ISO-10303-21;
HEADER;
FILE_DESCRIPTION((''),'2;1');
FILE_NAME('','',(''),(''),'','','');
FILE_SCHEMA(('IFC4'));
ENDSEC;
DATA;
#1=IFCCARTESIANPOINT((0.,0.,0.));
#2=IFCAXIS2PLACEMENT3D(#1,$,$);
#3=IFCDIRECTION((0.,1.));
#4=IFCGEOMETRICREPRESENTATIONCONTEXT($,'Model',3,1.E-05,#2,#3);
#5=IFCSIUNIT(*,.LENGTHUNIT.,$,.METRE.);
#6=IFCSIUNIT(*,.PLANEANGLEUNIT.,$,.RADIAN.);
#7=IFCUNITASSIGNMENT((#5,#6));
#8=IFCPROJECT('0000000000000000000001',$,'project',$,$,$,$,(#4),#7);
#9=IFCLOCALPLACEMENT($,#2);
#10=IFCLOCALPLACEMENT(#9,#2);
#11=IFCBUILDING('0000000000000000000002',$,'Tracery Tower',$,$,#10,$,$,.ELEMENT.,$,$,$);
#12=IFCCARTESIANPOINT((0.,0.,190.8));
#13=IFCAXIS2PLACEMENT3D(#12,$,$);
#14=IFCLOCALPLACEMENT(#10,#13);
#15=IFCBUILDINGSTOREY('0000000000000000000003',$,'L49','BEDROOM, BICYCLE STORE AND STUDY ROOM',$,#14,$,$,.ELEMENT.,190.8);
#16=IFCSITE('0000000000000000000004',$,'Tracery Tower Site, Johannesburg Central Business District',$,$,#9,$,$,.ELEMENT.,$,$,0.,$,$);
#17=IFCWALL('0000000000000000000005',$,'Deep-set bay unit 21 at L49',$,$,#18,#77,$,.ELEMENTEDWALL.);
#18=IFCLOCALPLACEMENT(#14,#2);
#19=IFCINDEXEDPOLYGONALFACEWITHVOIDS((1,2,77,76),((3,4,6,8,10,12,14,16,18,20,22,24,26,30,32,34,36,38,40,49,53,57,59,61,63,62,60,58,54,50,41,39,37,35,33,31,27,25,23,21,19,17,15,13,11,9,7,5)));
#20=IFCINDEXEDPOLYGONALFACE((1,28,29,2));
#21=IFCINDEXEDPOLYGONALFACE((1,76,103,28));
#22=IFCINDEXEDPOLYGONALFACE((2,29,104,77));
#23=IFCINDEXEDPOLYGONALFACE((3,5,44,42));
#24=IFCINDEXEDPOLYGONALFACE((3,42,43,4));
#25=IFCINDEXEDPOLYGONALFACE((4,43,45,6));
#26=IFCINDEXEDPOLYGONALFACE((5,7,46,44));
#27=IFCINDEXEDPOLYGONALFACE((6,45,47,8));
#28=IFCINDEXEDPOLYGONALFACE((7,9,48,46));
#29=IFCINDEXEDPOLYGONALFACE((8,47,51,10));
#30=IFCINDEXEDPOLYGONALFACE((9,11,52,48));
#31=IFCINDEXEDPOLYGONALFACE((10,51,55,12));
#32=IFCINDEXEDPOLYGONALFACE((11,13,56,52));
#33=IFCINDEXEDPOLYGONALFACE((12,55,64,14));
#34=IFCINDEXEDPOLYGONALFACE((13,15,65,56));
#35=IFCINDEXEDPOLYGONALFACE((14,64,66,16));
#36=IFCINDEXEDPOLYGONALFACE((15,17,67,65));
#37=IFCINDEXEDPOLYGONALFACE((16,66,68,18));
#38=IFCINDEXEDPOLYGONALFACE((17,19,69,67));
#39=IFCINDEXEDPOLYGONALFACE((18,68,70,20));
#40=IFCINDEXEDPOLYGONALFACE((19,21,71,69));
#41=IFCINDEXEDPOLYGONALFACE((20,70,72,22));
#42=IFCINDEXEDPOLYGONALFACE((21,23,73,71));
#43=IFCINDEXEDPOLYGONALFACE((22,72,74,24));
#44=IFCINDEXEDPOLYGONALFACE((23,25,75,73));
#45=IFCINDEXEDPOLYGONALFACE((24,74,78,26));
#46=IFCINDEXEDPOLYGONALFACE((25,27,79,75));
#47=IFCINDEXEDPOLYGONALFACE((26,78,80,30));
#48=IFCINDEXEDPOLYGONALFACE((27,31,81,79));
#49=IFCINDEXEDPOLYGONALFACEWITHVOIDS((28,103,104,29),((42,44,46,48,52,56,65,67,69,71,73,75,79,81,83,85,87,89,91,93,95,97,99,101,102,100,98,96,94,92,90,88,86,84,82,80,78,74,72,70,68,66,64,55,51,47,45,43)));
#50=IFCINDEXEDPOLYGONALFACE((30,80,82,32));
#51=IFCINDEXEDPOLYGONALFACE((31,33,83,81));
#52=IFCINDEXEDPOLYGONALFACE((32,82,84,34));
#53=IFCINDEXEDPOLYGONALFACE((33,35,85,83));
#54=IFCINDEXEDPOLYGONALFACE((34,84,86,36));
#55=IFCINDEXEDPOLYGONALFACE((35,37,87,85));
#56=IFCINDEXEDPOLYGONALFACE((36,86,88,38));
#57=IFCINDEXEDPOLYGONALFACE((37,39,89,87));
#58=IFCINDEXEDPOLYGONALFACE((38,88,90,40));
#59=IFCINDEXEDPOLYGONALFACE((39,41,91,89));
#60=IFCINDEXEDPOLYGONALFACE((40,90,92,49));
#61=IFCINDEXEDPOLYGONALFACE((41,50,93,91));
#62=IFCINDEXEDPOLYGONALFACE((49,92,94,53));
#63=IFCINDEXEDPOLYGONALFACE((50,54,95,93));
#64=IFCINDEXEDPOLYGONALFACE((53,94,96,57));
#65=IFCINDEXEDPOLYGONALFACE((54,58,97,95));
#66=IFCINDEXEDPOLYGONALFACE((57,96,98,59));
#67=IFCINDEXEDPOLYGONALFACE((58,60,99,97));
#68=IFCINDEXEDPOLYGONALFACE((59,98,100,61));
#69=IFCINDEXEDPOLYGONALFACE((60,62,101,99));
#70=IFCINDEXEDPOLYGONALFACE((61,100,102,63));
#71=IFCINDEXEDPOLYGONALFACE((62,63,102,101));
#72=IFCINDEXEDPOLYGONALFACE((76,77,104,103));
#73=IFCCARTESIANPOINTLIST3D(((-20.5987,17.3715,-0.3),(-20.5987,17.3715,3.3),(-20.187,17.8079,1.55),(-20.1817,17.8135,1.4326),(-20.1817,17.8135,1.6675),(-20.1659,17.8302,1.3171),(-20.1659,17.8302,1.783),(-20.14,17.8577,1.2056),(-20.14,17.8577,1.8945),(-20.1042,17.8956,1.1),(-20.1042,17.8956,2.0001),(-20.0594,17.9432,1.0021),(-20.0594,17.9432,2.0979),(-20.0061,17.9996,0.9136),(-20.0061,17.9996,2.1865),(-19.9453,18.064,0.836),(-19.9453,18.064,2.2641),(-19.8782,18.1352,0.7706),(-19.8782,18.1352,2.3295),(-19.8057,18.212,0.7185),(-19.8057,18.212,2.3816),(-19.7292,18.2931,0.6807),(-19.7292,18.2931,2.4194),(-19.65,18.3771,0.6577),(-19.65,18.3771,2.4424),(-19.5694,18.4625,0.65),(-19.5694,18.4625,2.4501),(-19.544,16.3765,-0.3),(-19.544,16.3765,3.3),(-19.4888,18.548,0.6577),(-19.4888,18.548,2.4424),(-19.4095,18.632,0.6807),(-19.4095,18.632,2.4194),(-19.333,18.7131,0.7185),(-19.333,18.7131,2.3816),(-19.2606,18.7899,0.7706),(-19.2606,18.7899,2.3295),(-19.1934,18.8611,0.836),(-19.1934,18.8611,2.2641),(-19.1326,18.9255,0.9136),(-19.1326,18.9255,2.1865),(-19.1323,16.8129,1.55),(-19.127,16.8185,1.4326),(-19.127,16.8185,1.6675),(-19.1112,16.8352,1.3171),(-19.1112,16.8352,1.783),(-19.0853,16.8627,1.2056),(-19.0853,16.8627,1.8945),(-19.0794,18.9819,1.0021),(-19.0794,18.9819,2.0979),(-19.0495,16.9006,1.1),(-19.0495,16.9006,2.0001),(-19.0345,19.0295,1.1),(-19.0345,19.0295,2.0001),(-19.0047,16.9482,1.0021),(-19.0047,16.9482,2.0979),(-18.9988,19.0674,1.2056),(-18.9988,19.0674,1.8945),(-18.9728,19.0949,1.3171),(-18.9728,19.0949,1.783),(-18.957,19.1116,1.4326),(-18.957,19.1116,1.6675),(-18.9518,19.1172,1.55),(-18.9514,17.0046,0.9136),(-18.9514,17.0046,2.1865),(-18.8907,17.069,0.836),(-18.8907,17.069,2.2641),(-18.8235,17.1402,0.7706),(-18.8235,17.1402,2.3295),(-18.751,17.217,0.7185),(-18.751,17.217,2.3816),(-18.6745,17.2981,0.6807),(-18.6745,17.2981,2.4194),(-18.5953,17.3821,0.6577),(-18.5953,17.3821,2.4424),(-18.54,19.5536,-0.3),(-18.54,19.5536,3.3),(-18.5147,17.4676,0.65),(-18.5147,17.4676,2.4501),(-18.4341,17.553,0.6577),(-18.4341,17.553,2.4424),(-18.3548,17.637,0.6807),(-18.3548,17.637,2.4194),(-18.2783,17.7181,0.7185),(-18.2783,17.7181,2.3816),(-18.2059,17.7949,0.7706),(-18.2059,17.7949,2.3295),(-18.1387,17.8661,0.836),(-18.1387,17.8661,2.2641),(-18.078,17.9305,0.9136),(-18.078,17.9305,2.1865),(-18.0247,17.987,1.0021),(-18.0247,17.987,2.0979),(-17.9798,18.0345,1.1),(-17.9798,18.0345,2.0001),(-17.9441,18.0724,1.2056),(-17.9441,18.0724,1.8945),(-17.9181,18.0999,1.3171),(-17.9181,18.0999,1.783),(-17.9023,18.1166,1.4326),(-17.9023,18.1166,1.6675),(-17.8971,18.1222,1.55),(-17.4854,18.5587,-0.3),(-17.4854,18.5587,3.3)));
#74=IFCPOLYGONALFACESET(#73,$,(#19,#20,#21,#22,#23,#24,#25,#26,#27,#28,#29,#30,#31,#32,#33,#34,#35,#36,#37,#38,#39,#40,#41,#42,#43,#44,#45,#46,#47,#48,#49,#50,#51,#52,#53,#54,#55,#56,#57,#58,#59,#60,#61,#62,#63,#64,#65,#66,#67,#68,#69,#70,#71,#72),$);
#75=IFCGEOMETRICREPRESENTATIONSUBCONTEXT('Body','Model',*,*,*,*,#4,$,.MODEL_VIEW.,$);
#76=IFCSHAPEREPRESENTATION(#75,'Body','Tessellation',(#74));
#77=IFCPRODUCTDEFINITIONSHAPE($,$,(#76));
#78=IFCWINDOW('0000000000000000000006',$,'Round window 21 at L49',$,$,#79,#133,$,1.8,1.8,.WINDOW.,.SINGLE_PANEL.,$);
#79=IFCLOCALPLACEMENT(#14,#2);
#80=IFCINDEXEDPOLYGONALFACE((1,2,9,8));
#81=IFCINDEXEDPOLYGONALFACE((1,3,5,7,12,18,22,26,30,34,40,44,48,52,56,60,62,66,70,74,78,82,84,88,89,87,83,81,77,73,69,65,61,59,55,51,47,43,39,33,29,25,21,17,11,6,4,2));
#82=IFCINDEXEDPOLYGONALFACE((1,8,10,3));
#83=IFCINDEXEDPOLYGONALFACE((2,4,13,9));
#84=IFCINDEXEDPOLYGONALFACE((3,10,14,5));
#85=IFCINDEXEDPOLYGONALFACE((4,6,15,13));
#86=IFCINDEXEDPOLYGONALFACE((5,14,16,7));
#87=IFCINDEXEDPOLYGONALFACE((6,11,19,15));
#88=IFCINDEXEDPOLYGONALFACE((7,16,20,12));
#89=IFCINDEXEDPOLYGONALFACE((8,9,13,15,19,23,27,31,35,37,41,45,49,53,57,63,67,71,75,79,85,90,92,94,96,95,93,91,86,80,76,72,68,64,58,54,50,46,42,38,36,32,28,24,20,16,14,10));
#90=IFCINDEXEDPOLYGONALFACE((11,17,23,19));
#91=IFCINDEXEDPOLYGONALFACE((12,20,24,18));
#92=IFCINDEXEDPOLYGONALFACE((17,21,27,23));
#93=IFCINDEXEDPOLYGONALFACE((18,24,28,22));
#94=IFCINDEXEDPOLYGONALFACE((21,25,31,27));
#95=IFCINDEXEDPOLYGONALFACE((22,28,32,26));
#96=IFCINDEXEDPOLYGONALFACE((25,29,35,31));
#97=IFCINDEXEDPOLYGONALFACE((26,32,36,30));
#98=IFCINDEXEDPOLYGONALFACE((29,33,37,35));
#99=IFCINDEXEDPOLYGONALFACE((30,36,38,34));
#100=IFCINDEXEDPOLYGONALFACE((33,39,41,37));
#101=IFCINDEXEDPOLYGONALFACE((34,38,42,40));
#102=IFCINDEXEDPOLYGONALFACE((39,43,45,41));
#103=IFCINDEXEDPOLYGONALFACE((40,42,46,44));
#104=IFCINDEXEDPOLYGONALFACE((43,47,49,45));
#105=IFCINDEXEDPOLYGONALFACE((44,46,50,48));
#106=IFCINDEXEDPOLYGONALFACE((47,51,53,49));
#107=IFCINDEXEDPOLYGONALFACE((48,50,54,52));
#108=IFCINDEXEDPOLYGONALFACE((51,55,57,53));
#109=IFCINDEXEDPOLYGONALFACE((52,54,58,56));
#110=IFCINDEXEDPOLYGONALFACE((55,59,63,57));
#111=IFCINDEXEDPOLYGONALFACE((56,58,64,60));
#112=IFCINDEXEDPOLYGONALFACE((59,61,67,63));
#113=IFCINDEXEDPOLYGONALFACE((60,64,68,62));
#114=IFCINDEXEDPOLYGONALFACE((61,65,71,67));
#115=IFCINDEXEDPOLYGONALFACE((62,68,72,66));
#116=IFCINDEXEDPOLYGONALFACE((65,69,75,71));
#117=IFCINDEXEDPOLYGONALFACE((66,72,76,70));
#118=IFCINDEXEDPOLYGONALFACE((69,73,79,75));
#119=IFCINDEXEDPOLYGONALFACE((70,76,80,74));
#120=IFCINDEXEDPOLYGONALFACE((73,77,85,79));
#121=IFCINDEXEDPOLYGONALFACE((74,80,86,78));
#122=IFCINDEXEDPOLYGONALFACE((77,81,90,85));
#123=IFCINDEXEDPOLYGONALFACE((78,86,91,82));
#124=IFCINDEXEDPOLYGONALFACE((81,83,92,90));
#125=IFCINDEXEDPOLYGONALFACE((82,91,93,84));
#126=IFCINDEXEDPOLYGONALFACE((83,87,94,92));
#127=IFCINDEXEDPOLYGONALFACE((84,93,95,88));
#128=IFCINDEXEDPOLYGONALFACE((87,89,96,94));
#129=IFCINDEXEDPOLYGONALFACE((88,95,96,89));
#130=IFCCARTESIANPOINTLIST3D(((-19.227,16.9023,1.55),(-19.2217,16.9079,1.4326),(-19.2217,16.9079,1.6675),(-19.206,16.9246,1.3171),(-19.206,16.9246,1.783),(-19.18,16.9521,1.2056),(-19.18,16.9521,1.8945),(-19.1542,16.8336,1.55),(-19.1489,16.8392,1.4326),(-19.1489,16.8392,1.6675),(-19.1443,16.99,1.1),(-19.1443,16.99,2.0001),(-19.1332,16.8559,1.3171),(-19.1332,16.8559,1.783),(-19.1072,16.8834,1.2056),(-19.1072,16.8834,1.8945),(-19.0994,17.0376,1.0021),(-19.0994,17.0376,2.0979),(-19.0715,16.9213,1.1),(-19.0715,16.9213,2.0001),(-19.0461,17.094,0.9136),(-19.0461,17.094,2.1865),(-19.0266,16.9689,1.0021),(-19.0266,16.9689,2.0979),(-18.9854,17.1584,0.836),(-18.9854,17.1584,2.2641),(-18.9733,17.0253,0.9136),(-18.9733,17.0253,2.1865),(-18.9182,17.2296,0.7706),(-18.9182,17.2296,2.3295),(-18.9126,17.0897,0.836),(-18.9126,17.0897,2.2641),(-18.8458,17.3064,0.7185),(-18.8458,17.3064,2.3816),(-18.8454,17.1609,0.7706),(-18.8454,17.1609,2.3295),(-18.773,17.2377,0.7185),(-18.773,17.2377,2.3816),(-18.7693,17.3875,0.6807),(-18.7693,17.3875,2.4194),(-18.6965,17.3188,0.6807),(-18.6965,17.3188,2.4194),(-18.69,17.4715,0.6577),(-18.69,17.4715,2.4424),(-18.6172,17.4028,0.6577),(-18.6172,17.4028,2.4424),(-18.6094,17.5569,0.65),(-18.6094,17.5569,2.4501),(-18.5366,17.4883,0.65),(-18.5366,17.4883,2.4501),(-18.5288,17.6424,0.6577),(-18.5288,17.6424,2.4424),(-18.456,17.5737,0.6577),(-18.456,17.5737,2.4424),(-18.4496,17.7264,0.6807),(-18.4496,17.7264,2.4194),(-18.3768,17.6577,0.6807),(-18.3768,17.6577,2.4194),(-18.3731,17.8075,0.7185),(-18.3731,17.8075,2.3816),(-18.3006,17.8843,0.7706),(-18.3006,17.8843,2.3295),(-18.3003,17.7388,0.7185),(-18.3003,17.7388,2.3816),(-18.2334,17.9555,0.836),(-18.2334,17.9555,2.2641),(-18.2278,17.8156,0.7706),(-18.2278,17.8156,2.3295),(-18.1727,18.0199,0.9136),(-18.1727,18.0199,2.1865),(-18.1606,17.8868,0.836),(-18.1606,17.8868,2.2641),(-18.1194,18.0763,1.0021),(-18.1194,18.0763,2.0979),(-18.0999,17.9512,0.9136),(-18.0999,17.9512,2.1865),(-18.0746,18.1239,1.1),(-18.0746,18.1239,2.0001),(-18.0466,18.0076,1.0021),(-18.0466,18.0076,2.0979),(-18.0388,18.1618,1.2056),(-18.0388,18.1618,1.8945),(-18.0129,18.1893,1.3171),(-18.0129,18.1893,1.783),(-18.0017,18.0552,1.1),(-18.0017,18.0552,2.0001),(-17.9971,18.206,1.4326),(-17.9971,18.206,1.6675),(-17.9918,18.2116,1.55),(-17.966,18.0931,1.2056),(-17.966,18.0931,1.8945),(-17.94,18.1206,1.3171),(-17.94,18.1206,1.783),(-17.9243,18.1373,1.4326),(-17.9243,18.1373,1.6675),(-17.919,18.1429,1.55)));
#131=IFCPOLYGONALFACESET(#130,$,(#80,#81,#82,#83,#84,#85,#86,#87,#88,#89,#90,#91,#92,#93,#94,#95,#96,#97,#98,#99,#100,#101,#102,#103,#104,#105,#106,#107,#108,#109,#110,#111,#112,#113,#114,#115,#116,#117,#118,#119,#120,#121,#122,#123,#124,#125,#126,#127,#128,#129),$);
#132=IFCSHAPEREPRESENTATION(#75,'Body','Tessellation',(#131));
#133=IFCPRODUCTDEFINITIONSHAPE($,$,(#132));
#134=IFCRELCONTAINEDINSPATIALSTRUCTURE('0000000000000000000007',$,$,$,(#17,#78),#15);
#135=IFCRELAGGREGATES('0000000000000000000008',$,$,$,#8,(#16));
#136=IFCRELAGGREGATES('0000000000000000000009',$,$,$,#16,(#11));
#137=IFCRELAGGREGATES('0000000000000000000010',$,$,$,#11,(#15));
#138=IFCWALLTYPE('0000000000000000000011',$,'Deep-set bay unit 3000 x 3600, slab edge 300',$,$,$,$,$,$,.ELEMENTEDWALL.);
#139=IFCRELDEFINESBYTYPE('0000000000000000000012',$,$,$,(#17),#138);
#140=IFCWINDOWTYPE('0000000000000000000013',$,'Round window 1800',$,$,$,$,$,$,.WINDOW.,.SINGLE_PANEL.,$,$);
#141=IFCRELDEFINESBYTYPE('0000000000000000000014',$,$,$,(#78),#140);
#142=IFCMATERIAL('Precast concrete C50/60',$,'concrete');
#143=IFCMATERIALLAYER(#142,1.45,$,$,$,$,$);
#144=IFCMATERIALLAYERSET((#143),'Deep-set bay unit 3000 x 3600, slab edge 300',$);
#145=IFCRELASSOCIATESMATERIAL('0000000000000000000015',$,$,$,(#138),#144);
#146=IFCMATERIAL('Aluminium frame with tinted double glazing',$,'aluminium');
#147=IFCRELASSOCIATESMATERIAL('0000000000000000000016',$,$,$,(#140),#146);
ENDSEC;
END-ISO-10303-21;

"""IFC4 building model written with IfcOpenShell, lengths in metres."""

from ifc_helpers import new_model, si_unit, direction, frame, frame_2d, origin, origin_2d, place, context, subcontext, project, spatial, rectangle, circle, extrude, material, layer, layer_set, type_object, element, fill, save


model = new_model("IFC4")

# Units and contexts
model_context = context("Model", 3, precision=1e-05, world=origin(), true_north=direction((0.0, 1.0)))
body_context = subcontext(model_context, "Body", "Model", "MODEL_VIEW")
ifc_project = project(units=[si_unit("LENGTHUNIT", "METRE"), si_unit("PLANEANGLEUNIT", "RADIAN")], contexts=[model_context])

# Site, building, storey
site_placement = place(None, origin())
site = spatial("IfcSite", under=ifc_project, at=site_placement, Name="Tracery Tower Site, Johannesburg Central Business District", CompositionType="ELEMENT", RefElevation=0.0)
building_placement = place(site_placement, origin())
building = spatial("IfcBuilding", under=site, at=building_placement, Name="Tracery Tower", CompositionType="ELEMENT")
storey_placement = place(building_placement, frame((0.0, 0.0, 190.8)))
storey = spatial("IfcBuildingStorey", under=building, at=storey_placement, Name="L49", Description="BEDROOM, BICYCLE STORE AND STUDY ROOM", CompositionType="ELEMENT", Elevation=190.8)

# Wall, opening, window
ifc_material_1 = material(Name="Precast concrete C50/60", Category="concrete")
ifc_layer_1 = layer(ifc_material_1, 1.45)
ifc_layer_set_1 = layer_set([ifc_layer_1], Name="Deep-set bay unit 3000 x 3600, slab edge 300")
wall_type_1 = type_object("IfcWallType", Name="Deep-set bay unit 3000 x 3600, slab edge 300", PredefinedType="ELEMENTEDWALL", material=ifc_layer_set_1)
wall_1_placement = place(storey_placement, frame((-18.0127, 19.0562, -0.3), z_axis=(0.0, 0.0, 1.0), x_axis=(-0.686217, -0.727397, 0.0)))
wall_1 = element("IfcWall", 1, at=wall_1_placement, inside=storey, type_object=wall_type_1, Name="Deep-set bay unit 21 at L49", PredefinedType="ELEMENTEDWALL", context=body_context, shape_type="SweptSolid", body=[
    extrude(rectangle(XDim=3.0, YDim=1.45, at=frame_2d((1.5, 0.0))), origin(), (0.0, 0.0, 1.0), 3.6001),
])
opening_1_placement = place(wall_1_placement, frame((1.5, 0.0, 1.8501)))
opening_1 = element("IfcOpeningElement", 2, at=opening_1_placement, cuts=wall_1, PredefinedType="OPENING", context=body_context, shape_type="SweptSolid", body=[
    extrude(circle(Radius=0.9, at=origin_2d()), frame((0.0, 0.7349, 0.0), z_axis=(0.0, -1.0, 0.0), x_axis=(1.0, 0.0, 0.0)), (0.0, 0.0, 1.0), 1.47),
])
ifc_material_2 = material(Name="Aluminium frame with tinted double glazing", Category="aluminium")
window_type = type_object("IfcWindowType", Name="Round window 1800", PartitioningType="SINGLE_PANEL", PredefinedType="WINDOW", material=ifc_material_2)
window_1_placement = place(opening_1_placement, origin())
window_1 = element("IfcWindow", 3, at=window_1_placement, inside=storey, type_object=window_type, Name="Round window 21 at L49", OverallHeight=1.8, OverallWidth=1.8, PartitioningType="SINGLE_PANEL", PredefinedType="WINDOW", context=body_context, shape_type="SweptSolid", body=[
    extrude(circle(Radius=0.9, at=origin_2d()), frame((0.0, 0.6948, 0.0), z_axis=(0.0, -1.0, 0.0), x_axis=(1.0, 0.0, 0.0)), (0.0, 0.0, 1.0), 0.1001),
])
fill(opening_1, window_1)

save(model, "model.ifc")
